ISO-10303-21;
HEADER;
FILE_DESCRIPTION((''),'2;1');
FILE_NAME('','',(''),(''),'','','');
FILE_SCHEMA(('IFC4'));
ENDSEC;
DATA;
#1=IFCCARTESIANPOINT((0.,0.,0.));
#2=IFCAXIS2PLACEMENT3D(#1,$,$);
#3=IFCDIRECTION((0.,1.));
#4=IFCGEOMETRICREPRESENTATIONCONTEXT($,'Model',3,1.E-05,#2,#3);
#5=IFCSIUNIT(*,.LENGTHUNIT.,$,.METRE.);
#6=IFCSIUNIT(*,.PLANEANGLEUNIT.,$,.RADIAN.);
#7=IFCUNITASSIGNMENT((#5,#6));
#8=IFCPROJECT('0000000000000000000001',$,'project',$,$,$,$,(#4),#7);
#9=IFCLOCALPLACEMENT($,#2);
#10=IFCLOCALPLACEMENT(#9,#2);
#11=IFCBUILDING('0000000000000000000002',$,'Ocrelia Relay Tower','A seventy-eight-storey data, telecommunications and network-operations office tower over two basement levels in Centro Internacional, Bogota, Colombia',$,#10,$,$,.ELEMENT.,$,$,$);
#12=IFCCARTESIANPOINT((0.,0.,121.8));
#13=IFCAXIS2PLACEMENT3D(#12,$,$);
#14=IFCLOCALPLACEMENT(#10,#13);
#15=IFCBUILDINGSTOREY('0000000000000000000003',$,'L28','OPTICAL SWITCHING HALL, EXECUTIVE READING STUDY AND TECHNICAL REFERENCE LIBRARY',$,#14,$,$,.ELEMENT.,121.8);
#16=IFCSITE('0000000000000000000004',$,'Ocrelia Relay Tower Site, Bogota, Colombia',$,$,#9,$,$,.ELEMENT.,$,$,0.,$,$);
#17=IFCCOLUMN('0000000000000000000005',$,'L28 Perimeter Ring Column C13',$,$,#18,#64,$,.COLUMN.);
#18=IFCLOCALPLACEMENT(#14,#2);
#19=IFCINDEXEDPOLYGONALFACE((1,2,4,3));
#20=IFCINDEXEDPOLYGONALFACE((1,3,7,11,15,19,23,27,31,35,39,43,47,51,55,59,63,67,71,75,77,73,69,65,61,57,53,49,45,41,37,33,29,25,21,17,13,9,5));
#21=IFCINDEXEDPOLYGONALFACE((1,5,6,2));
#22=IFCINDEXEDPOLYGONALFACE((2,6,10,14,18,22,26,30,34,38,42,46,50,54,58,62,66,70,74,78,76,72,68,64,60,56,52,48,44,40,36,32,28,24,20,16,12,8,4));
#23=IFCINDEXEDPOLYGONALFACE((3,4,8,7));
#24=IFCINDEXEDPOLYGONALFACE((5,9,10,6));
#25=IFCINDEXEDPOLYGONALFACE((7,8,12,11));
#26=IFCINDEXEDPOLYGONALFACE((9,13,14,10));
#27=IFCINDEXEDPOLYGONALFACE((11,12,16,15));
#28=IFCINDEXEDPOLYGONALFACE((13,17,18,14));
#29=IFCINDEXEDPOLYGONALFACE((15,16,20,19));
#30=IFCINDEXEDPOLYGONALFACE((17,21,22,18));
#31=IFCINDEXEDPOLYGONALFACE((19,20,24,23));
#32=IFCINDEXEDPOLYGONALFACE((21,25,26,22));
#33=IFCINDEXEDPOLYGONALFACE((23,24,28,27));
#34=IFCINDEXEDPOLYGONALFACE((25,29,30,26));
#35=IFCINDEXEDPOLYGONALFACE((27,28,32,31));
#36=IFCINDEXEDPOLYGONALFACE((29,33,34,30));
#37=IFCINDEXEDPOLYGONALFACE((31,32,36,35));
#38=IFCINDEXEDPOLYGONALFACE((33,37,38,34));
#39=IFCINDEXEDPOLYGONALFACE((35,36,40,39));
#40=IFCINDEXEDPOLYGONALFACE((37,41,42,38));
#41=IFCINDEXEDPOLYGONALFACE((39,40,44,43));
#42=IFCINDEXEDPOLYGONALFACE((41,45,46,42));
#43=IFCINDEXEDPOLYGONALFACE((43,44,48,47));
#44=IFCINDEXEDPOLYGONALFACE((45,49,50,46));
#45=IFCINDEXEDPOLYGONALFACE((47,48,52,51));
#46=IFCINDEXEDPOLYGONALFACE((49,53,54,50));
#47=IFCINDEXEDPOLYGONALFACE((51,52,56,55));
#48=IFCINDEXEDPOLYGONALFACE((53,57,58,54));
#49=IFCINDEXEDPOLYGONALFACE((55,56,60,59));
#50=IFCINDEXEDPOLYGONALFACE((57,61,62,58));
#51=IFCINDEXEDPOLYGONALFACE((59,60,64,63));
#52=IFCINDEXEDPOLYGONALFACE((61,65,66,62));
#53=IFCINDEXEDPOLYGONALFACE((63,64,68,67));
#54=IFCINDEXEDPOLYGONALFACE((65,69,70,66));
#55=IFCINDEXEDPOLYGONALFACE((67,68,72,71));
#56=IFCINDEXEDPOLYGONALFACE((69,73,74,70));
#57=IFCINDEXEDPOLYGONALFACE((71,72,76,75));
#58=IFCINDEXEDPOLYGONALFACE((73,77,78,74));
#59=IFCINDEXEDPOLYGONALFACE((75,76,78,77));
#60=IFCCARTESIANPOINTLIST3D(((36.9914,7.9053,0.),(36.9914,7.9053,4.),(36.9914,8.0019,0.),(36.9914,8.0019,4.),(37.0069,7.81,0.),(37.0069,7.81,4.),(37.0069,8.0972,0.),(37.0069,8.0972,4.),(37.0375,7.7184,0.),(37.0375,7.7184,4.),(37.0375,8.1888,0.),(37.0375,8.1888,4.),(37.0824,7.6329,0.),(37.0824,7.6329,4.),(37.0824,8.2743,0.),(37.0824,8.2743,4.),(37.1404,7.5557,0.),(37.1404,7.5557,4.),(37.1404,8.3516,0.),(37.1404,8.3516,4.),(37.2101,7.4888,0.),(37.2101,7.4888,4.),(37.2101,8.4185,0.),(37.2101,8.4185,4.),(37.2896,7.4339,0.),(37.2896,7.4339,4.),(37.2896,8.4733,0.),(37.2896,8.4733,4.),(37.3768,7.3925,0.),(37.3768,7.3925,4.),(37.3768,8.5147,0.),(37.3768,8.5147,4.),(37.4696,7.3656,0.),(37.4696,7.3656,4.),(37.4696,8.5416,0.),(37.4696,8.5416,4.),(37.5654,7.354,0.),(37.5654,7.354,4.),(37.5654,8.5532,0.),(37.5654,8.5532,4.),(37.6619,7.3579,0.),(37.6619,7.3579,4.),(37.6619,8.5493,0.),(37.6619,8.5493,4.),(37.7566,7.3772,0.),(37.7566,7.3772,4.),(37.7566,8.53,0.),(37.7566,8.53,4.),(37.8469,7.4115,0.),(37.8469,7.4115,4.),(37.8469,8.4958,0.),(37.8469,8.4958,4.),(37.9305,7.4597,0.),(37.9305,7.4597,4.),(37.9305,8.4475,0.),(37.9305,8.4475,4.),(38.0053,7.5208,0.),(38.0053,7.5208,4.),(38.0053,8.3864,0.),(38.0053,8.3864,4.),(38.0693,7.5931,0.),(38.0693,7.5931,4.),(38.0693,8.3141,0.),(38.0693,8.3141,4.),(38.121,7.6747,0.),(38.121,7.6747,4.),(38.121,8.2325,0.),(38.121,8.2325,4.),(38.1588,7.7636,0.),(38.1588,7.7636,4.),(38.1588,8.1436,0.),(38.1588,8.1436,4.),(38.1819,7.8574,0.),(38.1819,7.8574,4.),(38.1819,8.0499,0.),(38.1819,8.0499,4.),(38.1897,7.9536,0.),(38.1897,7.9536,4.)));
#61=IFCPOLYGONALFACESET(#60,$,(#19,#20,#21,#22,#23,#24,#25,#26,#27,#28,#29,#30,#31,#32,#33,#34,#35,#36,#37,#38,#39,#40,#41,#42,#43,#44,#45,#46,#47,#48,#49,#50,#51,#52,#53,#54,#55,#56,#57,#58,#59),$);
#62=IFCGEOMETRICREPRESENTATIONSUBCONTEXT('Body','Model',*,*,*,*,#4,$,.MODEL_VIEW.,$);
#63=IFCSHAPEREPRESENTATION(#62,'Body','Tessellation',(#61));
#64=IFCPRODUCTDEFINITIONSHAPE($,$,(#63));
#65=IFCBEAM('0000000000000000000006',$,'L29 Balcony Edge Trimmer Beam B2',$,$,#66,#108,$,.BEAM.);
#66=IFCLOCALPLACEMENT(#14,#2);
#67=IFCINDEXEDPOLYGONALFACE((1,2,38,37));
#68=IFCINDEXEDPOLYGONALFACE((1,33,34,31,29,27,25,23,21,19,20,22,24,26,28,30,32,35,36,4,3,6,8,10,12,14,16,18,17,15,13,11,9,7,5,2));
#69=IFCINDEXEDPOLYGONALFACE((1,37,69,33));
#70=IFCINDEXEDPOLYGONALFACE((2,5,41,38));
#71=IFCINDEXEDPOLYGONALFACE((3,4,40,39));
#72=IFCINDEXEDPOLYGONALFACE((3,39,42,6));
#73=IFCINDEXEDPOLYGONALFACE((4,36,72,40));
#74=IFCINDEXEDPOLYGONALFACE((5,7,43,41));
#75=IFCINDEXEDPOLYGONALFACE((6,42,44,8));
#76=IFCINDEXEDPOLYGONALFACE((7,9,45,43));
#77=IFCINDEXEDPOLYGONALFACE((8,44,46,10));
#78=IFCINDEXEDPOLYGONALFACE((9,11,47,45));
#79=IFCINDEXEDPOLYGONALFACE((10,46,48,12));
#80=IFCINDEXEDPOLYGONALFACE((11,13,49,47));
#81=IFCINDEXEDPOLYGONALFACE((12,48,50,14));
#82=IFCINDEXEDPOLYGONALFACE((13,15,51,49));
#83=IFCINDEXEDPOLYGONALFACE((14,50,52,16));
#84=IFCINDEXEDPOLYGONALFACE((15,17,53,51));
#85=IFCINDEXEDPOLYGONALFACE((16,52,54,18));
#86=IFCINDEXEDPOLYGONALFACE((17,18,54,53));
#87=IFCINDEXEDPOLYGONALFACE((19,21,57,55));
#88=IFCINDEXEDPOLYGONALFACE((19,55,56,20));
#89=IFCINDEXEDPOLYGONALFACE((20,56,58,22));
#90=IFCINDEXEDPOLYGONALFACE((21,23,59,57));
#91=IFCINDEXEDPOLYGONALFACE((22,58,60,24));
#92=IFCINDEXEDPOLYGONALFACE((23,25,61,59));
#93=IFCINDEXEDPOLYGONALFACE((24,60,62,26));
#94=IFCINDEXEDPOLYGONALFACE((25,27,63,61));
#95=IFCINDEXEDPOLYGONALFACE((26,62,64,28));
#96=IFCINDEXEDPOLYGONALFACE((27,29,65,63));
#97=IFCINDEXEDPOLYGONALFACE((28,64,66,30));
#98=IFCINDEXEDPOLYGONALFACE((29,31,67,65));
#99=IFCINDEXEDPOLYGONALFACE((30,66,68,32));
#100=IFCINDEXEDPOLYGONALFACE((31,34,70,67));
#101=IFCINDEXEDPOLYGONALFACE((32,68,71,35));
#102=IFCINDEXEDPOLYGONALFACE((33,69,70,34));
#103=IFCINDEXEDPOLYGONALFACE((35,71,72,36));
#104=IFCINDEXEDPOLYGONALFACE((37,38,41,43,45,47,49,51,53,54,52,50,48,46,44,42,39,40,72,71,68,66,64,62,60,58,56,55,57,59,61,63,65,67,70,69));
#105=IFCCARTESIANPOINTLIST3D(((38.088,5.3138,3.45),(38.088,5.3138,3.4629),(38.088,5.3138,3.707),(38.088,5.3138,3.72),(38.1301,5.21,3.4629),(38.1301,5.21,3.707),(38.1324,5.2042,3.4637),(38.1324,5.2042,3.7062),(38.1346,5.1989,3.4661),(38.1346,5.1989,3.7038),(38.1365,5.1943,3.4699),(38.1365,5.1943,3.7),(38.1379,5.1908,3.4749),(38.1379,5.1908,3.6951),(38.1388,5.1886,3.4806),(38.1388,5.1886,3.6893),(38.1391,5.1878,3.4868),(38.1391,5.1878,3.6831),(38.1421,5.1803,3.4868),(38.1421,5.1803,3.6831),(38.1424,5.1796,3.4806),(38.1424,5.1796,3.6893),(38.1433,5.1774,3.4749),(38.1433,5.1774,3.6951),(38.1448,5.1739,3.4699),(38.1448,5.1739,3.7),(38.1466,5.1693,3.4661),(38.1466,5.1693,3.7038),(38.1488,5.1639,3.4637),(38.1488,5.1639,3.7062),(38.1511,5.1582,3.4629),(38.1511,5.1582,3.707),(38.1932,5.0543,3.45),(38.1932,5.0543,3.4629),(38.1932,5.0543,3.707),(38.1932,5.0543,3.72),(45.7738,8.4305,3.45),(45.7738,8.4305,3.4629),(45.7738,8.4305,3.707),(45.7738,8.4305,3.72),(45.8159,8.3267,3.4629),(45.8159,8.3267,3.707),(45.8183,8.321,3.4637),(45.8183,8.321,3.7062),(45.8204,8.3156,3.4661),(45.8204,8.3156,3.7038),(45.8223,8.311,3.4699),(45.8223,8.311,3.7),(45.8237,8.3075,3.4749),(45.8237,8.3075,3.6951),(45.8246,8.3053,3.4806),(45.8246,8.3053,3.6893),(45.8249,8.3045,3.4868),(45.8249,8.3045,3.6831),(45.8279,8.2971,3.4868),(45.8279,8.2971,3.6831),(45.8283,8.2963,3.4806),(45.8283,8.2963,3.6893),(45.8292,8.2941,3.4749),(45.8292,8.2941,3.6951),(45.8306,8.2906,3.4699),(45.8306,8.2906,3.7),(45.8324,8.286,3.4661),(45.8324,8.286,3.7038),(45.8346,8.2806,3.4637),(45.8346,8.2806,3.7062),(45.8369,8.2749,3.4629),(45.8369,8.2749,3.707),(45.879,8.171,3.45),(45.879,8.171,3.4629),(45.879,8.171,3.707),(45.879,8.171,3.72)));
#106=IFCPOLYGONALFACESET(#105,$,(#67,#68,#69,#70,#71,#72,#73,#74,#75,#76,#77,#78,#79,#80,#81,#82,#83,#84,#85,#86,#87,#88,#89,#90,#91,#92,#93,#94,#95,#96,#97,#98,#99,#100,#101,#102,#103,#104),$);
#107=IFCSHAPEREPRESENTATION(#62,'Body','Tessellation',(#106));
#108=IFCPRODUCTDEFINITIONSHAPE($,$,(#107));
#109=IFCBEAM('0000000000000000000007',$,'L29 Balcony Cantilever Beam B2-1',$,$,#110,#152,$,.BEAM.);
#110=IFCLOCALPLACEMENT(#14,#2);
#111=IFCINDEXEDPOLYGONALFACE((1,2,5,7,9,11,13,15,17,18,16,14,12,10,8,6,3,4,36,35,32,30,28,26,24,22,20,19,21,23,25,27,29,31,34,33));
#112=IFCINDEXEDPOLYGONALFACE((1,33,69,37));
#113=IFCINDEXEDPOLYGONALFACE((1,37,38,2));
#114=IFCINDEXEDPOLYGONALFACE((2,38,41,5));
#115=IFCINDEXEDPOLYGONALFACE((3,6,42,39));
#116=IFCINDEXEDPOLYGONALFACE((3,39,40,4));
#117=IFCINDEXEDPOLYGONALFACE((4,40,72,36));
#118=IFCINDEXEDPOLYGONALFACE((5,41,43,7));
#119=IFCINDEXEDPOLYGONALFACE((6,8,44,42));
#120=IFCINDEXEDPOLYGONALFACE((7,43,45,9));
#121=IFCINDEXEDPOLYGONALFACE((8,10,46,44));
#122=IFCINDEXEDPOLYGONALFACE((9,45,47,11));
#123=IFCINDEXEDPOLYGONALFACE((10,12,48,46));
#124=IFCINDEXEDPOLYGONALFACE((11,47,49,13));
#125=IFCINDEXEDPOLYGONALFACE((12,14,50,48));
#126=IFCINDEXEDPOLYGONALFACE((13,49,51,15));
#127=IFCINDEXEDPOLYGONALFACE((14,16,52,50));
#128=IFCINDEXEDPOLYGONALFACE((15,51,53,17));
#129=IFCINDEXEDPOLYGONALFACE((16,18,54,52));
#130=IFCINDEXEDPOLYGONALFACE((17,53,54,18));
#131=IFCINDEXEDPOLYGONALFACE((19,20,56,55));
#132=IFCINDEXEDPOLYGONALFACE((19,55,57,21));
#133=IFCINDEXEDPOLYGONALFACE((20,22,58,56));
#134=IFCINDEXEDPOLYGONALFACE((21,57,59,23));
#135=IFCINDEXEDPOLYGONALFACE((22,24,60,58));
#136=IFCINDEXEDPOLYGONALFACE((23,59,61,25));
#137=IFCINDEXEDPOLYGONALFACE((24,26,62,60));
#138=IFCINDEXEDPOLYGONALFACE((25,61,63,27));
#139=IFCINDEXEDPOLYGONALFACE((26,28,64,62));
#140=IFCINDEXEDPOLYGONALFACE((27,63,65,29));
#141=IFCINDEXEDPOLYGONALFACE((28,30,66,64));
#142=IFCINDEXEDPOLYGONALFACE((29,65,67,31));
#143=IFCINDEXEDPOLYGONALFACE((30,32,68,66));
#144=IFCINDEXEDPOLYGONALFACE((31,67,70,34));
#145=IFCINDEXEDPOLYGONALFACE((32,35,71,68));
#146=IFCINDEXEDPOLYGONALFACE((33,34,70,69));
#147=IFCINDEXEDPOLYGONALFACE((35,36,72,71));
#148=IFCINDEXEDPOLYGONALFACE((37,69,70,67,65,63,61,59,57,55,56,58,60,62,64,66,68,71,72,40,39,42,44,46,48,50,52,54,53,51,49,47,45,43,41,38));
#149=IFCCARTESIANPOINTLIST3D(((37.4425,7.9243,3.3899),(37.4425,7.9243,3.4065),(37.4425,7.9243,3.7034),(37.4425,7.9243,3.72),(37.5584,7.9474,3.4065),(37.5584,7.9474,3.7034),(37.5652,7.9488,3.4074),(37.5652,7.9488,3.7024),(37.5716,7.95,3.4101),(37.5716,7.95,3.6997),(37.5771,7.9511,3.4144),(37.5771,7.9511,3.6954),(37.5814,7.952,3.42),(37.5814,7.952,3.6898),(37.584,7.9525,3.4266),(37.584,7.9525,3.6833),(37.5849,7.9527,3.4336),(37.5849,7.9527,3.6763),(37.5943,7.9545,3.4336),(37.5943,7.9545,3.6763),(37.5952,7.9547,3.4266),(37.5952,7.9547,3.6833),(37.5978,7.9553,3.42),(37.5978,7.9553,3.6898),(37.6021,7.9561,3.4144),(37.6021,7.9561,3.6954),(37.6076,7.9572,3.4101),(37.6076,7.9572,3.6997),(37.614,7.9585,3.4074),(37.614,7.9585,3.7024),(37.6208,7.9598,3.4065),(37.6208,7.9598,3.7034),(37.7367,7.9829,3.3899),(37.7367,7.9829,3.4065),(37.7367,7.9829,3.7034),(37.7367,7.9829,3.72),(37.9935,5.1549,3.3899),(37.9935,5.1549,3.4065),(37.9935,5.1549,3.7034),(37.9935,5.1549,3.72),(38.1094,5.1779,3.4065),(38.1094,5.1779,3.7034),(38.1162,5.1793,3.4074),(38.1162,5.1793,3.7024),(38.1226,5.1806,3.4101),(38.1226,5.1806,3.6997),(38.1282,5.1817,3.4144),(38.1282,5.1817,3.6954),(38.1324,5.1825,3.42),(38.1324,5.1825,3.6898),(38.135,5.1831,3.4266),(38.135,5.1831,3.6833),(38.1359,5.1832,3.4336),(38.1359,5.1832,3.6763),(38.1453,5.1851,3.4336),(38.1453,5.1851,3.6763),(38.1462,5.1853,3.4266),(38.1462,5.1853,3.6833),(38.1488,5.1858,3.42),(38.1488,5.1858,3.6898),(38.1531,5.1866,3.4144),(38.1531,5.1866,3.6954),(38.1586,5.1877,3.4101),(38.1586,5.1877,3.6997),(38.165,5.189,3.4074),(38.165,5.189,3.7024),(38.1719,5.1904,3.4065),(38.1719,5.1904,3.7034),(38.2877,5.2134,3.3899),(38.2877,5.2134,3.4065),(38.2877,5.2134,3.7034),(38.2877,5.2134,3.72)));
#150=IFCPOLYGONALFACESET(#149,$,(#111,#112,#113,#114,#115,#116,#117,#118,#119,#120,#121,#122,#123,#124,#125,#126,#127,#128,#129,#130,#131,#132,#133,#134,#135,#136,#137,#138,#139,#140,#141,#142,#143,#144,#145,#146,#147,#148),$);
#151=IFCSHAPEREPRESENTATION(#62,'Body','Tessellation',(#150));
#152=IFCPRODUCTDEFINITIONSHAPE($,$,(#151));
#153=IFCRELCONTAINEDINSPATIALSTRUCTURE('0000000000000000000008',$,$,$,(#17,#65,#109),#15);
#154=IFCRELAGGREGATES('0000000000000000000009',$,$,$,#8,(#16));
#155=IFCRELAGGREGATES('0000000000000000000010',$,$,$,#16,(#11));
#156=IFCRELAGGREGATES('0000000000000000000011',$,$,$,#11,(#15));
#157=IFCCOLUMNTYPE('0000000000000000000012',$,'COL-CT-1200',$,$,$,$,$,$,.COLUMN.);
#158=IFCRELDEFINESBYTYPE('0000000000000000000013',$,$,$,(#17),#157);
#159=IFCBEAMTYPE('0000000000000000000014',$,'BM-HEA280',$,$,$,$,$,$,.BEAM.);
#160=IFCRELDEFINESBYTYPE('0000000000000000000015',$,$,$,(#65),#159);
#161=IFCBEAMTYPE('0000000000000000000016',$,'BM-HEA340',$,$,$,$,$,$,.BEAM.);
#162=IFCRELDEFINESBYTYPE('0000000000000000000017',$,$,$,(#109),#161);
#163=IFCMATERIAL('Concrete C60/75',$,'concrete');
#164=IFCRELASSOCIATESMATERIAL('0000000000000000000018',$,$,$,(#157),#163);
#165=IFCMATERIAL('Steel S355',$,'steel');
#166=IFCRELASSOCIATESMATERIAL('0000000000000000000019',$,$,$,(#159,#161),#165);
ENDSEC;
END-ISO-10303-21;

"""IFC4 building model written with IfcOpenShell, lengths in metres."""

from ifc_helpers import new_model, si_unit, direction, frame, origin, origin_2d, place, context, subcontext, project, spatial, circle, i_section, extrude, material, material_profile, profile_set, type_object, element, save


model = new_model("IFC4")

# Units and contexts
model_context = context("Model", 3, precision=1e-05, world=origin(), true_north=direction((0.0, 1.0)))
body_context = subcontext(model_context, "Body", "Model", "MODEL_VIEW")
ifc_project = project(units=[si_unit("LENGTHUNIT", "METRE"), si_unit("PLANEANGLEUNIT", "RADIAN")], contexts=[model_context])

# Site, building, storey
site_placement = place(None, origin())
site = spatial("IfcSite", under=ifc_project, at=site_placement, Name="Ocrelia Relay Tower Site, Bogota, Colombia", CompositionType="ELEMENT", RefElevation=0.0)
building_placement = place(site_placement, origin())
building = spatial("IfcBuilding", under=site, at=building_placement, Name="Ocrelia Relay Tower", Description="A seventy-eight-storey data, telecommunications and network-operations office tower over two basement levels in Centro Internacional, Bogota, Colombia", CompositionType="ELEMENT")
storey_placement = place(building_placement, frame((0.0, 0.0, 121.8)))
storey = spatial("IfcBuildingStorey", under=building, at=storey_placement, Name="L28", Description="OPTICAL SWITCHING HALL, EXECUTIVE READING STUDY AND TECHNICAL REFERENCE LIBRARY", CompositionType="ELEMENT", Elevation=121.8)

# Column
ifc_material_1 = material(Name="Concrete C60/75", Category="concrete")
ifc_material_profile_1 = material_profile(ifc_material_1, circle(Radius=0.6001, at=origin_2d()), Name="RC-CIR-1200")
ifc_profile_set_1 = profile_set([ifc_material_profile_1], Name="Concrete C60/75")
column_type = type_object("IfcColumnType", Name="COL-CT-1200", PredefinedType="COLUMN", material=ifc_profile_set_1)
column_placement = place(storey_placement, frame((37.5896, 7.9536, 0.0), z_axis=(0.0, 0.0, 1.0), x_axis=(1.0, 0.0, 0.0)))
element("IfcColumn", 1, at=column_placement, inside=storey, type_object=column_type, Name="L28 Perimeter Ring Column C13", PredefinedType="COLUMN", context=body_context, shape_type="SweptSolid", body=[
    extrude(circle(Radius=0.6001, at=origin_2d()), origin(), (0.0, 0.0, 1.0), 4.0),
])

# Beams
ifc_material_2 = material(Name="Steel S355", Category="steel")
ifc_material_profile_2 = material_profile(ifc_material_2, i_section(OverallWidth=0.28, OverallDepth=0.27, WebThickness=0.0081, FlangeThickness=0.0129, FilletRadius=0.0239, at=origin_2d()), Name="HEA 280")
ifc_profile_set_2 = profile_set([ifc_material_profile_2], Name="Steel S355")
beam_type_1 = type_object("IfcBeamType", Name="BM-HEA280", PredefinedType="BEAM", material=ifc_profile_set_2)
beam_1_placement = place(storey_placement, frame((38.1406, 5.1841, 3.585), z_axis=(0.926704, 0.375792, 0.0), x_axis=(-0.375792, 0.926704, 0.0)))
element("IfcBeam", 2, at=beam_1_placement, inside=storey, type_object=beam_type_1, Name="L29 Balcony Edge Trimmer Beam B2", PredefinedType="BEAM", context=body_context, shape_type="SweptSolid", body=[
    extrude(i_section(OverallWidth=0.28, OverallDepth=0.27, WebThickness=0.0081, FlangeThickness=0.0129, FilletRadius=0.0239, at=origin_2d()), origin(), (0.0, 0.0, 1.0), 8.2937),
])
ifc_material_profile_3 = material_profile(ifc_material_2, i_section(OverallWidth=0.3, OverallDepth=0.3301, WebThickness=0.0095, FlangeThickness=0.0166, FilletRadius=0.0271, at=origin_2d()), Name="HEA 340")
ifc_profile_set_3 = profile_set([ifc_material_profile_3], Name="Steel S355")
beam_type_2 = type_object("IfcBeamType", Name="BM-HEA340", PredefinedType="BEAM", material=ifc_profile_set_3)
beam_2_placement = place(storey_placement, frame((37.5896, 7.9536, 3.5549), z_axis=(0.195135, -0.980776, 0.0), x_axis=(0.980776, 0.195135, 0.0)))
element("IfcBeam", 3, at=beam_2_placement, inside=storey, type_object=beam_type_2, Name="L29 Balcony Cantilever Beam B2-1", PredefinedType="BEAM", context=body_context, shape_type="SweptSolid", body=[
    extrude(i_section(OverallWidth=0.3, OverallDepth=0.3301, WebThickness=0.0095, FlangeThickness=0.0166, FilletRadius=0.0271, at=origin_2d()), origin(), (0.0, 0.0, 1.0), 2.8237),
])

save(model, "model.ifc")
